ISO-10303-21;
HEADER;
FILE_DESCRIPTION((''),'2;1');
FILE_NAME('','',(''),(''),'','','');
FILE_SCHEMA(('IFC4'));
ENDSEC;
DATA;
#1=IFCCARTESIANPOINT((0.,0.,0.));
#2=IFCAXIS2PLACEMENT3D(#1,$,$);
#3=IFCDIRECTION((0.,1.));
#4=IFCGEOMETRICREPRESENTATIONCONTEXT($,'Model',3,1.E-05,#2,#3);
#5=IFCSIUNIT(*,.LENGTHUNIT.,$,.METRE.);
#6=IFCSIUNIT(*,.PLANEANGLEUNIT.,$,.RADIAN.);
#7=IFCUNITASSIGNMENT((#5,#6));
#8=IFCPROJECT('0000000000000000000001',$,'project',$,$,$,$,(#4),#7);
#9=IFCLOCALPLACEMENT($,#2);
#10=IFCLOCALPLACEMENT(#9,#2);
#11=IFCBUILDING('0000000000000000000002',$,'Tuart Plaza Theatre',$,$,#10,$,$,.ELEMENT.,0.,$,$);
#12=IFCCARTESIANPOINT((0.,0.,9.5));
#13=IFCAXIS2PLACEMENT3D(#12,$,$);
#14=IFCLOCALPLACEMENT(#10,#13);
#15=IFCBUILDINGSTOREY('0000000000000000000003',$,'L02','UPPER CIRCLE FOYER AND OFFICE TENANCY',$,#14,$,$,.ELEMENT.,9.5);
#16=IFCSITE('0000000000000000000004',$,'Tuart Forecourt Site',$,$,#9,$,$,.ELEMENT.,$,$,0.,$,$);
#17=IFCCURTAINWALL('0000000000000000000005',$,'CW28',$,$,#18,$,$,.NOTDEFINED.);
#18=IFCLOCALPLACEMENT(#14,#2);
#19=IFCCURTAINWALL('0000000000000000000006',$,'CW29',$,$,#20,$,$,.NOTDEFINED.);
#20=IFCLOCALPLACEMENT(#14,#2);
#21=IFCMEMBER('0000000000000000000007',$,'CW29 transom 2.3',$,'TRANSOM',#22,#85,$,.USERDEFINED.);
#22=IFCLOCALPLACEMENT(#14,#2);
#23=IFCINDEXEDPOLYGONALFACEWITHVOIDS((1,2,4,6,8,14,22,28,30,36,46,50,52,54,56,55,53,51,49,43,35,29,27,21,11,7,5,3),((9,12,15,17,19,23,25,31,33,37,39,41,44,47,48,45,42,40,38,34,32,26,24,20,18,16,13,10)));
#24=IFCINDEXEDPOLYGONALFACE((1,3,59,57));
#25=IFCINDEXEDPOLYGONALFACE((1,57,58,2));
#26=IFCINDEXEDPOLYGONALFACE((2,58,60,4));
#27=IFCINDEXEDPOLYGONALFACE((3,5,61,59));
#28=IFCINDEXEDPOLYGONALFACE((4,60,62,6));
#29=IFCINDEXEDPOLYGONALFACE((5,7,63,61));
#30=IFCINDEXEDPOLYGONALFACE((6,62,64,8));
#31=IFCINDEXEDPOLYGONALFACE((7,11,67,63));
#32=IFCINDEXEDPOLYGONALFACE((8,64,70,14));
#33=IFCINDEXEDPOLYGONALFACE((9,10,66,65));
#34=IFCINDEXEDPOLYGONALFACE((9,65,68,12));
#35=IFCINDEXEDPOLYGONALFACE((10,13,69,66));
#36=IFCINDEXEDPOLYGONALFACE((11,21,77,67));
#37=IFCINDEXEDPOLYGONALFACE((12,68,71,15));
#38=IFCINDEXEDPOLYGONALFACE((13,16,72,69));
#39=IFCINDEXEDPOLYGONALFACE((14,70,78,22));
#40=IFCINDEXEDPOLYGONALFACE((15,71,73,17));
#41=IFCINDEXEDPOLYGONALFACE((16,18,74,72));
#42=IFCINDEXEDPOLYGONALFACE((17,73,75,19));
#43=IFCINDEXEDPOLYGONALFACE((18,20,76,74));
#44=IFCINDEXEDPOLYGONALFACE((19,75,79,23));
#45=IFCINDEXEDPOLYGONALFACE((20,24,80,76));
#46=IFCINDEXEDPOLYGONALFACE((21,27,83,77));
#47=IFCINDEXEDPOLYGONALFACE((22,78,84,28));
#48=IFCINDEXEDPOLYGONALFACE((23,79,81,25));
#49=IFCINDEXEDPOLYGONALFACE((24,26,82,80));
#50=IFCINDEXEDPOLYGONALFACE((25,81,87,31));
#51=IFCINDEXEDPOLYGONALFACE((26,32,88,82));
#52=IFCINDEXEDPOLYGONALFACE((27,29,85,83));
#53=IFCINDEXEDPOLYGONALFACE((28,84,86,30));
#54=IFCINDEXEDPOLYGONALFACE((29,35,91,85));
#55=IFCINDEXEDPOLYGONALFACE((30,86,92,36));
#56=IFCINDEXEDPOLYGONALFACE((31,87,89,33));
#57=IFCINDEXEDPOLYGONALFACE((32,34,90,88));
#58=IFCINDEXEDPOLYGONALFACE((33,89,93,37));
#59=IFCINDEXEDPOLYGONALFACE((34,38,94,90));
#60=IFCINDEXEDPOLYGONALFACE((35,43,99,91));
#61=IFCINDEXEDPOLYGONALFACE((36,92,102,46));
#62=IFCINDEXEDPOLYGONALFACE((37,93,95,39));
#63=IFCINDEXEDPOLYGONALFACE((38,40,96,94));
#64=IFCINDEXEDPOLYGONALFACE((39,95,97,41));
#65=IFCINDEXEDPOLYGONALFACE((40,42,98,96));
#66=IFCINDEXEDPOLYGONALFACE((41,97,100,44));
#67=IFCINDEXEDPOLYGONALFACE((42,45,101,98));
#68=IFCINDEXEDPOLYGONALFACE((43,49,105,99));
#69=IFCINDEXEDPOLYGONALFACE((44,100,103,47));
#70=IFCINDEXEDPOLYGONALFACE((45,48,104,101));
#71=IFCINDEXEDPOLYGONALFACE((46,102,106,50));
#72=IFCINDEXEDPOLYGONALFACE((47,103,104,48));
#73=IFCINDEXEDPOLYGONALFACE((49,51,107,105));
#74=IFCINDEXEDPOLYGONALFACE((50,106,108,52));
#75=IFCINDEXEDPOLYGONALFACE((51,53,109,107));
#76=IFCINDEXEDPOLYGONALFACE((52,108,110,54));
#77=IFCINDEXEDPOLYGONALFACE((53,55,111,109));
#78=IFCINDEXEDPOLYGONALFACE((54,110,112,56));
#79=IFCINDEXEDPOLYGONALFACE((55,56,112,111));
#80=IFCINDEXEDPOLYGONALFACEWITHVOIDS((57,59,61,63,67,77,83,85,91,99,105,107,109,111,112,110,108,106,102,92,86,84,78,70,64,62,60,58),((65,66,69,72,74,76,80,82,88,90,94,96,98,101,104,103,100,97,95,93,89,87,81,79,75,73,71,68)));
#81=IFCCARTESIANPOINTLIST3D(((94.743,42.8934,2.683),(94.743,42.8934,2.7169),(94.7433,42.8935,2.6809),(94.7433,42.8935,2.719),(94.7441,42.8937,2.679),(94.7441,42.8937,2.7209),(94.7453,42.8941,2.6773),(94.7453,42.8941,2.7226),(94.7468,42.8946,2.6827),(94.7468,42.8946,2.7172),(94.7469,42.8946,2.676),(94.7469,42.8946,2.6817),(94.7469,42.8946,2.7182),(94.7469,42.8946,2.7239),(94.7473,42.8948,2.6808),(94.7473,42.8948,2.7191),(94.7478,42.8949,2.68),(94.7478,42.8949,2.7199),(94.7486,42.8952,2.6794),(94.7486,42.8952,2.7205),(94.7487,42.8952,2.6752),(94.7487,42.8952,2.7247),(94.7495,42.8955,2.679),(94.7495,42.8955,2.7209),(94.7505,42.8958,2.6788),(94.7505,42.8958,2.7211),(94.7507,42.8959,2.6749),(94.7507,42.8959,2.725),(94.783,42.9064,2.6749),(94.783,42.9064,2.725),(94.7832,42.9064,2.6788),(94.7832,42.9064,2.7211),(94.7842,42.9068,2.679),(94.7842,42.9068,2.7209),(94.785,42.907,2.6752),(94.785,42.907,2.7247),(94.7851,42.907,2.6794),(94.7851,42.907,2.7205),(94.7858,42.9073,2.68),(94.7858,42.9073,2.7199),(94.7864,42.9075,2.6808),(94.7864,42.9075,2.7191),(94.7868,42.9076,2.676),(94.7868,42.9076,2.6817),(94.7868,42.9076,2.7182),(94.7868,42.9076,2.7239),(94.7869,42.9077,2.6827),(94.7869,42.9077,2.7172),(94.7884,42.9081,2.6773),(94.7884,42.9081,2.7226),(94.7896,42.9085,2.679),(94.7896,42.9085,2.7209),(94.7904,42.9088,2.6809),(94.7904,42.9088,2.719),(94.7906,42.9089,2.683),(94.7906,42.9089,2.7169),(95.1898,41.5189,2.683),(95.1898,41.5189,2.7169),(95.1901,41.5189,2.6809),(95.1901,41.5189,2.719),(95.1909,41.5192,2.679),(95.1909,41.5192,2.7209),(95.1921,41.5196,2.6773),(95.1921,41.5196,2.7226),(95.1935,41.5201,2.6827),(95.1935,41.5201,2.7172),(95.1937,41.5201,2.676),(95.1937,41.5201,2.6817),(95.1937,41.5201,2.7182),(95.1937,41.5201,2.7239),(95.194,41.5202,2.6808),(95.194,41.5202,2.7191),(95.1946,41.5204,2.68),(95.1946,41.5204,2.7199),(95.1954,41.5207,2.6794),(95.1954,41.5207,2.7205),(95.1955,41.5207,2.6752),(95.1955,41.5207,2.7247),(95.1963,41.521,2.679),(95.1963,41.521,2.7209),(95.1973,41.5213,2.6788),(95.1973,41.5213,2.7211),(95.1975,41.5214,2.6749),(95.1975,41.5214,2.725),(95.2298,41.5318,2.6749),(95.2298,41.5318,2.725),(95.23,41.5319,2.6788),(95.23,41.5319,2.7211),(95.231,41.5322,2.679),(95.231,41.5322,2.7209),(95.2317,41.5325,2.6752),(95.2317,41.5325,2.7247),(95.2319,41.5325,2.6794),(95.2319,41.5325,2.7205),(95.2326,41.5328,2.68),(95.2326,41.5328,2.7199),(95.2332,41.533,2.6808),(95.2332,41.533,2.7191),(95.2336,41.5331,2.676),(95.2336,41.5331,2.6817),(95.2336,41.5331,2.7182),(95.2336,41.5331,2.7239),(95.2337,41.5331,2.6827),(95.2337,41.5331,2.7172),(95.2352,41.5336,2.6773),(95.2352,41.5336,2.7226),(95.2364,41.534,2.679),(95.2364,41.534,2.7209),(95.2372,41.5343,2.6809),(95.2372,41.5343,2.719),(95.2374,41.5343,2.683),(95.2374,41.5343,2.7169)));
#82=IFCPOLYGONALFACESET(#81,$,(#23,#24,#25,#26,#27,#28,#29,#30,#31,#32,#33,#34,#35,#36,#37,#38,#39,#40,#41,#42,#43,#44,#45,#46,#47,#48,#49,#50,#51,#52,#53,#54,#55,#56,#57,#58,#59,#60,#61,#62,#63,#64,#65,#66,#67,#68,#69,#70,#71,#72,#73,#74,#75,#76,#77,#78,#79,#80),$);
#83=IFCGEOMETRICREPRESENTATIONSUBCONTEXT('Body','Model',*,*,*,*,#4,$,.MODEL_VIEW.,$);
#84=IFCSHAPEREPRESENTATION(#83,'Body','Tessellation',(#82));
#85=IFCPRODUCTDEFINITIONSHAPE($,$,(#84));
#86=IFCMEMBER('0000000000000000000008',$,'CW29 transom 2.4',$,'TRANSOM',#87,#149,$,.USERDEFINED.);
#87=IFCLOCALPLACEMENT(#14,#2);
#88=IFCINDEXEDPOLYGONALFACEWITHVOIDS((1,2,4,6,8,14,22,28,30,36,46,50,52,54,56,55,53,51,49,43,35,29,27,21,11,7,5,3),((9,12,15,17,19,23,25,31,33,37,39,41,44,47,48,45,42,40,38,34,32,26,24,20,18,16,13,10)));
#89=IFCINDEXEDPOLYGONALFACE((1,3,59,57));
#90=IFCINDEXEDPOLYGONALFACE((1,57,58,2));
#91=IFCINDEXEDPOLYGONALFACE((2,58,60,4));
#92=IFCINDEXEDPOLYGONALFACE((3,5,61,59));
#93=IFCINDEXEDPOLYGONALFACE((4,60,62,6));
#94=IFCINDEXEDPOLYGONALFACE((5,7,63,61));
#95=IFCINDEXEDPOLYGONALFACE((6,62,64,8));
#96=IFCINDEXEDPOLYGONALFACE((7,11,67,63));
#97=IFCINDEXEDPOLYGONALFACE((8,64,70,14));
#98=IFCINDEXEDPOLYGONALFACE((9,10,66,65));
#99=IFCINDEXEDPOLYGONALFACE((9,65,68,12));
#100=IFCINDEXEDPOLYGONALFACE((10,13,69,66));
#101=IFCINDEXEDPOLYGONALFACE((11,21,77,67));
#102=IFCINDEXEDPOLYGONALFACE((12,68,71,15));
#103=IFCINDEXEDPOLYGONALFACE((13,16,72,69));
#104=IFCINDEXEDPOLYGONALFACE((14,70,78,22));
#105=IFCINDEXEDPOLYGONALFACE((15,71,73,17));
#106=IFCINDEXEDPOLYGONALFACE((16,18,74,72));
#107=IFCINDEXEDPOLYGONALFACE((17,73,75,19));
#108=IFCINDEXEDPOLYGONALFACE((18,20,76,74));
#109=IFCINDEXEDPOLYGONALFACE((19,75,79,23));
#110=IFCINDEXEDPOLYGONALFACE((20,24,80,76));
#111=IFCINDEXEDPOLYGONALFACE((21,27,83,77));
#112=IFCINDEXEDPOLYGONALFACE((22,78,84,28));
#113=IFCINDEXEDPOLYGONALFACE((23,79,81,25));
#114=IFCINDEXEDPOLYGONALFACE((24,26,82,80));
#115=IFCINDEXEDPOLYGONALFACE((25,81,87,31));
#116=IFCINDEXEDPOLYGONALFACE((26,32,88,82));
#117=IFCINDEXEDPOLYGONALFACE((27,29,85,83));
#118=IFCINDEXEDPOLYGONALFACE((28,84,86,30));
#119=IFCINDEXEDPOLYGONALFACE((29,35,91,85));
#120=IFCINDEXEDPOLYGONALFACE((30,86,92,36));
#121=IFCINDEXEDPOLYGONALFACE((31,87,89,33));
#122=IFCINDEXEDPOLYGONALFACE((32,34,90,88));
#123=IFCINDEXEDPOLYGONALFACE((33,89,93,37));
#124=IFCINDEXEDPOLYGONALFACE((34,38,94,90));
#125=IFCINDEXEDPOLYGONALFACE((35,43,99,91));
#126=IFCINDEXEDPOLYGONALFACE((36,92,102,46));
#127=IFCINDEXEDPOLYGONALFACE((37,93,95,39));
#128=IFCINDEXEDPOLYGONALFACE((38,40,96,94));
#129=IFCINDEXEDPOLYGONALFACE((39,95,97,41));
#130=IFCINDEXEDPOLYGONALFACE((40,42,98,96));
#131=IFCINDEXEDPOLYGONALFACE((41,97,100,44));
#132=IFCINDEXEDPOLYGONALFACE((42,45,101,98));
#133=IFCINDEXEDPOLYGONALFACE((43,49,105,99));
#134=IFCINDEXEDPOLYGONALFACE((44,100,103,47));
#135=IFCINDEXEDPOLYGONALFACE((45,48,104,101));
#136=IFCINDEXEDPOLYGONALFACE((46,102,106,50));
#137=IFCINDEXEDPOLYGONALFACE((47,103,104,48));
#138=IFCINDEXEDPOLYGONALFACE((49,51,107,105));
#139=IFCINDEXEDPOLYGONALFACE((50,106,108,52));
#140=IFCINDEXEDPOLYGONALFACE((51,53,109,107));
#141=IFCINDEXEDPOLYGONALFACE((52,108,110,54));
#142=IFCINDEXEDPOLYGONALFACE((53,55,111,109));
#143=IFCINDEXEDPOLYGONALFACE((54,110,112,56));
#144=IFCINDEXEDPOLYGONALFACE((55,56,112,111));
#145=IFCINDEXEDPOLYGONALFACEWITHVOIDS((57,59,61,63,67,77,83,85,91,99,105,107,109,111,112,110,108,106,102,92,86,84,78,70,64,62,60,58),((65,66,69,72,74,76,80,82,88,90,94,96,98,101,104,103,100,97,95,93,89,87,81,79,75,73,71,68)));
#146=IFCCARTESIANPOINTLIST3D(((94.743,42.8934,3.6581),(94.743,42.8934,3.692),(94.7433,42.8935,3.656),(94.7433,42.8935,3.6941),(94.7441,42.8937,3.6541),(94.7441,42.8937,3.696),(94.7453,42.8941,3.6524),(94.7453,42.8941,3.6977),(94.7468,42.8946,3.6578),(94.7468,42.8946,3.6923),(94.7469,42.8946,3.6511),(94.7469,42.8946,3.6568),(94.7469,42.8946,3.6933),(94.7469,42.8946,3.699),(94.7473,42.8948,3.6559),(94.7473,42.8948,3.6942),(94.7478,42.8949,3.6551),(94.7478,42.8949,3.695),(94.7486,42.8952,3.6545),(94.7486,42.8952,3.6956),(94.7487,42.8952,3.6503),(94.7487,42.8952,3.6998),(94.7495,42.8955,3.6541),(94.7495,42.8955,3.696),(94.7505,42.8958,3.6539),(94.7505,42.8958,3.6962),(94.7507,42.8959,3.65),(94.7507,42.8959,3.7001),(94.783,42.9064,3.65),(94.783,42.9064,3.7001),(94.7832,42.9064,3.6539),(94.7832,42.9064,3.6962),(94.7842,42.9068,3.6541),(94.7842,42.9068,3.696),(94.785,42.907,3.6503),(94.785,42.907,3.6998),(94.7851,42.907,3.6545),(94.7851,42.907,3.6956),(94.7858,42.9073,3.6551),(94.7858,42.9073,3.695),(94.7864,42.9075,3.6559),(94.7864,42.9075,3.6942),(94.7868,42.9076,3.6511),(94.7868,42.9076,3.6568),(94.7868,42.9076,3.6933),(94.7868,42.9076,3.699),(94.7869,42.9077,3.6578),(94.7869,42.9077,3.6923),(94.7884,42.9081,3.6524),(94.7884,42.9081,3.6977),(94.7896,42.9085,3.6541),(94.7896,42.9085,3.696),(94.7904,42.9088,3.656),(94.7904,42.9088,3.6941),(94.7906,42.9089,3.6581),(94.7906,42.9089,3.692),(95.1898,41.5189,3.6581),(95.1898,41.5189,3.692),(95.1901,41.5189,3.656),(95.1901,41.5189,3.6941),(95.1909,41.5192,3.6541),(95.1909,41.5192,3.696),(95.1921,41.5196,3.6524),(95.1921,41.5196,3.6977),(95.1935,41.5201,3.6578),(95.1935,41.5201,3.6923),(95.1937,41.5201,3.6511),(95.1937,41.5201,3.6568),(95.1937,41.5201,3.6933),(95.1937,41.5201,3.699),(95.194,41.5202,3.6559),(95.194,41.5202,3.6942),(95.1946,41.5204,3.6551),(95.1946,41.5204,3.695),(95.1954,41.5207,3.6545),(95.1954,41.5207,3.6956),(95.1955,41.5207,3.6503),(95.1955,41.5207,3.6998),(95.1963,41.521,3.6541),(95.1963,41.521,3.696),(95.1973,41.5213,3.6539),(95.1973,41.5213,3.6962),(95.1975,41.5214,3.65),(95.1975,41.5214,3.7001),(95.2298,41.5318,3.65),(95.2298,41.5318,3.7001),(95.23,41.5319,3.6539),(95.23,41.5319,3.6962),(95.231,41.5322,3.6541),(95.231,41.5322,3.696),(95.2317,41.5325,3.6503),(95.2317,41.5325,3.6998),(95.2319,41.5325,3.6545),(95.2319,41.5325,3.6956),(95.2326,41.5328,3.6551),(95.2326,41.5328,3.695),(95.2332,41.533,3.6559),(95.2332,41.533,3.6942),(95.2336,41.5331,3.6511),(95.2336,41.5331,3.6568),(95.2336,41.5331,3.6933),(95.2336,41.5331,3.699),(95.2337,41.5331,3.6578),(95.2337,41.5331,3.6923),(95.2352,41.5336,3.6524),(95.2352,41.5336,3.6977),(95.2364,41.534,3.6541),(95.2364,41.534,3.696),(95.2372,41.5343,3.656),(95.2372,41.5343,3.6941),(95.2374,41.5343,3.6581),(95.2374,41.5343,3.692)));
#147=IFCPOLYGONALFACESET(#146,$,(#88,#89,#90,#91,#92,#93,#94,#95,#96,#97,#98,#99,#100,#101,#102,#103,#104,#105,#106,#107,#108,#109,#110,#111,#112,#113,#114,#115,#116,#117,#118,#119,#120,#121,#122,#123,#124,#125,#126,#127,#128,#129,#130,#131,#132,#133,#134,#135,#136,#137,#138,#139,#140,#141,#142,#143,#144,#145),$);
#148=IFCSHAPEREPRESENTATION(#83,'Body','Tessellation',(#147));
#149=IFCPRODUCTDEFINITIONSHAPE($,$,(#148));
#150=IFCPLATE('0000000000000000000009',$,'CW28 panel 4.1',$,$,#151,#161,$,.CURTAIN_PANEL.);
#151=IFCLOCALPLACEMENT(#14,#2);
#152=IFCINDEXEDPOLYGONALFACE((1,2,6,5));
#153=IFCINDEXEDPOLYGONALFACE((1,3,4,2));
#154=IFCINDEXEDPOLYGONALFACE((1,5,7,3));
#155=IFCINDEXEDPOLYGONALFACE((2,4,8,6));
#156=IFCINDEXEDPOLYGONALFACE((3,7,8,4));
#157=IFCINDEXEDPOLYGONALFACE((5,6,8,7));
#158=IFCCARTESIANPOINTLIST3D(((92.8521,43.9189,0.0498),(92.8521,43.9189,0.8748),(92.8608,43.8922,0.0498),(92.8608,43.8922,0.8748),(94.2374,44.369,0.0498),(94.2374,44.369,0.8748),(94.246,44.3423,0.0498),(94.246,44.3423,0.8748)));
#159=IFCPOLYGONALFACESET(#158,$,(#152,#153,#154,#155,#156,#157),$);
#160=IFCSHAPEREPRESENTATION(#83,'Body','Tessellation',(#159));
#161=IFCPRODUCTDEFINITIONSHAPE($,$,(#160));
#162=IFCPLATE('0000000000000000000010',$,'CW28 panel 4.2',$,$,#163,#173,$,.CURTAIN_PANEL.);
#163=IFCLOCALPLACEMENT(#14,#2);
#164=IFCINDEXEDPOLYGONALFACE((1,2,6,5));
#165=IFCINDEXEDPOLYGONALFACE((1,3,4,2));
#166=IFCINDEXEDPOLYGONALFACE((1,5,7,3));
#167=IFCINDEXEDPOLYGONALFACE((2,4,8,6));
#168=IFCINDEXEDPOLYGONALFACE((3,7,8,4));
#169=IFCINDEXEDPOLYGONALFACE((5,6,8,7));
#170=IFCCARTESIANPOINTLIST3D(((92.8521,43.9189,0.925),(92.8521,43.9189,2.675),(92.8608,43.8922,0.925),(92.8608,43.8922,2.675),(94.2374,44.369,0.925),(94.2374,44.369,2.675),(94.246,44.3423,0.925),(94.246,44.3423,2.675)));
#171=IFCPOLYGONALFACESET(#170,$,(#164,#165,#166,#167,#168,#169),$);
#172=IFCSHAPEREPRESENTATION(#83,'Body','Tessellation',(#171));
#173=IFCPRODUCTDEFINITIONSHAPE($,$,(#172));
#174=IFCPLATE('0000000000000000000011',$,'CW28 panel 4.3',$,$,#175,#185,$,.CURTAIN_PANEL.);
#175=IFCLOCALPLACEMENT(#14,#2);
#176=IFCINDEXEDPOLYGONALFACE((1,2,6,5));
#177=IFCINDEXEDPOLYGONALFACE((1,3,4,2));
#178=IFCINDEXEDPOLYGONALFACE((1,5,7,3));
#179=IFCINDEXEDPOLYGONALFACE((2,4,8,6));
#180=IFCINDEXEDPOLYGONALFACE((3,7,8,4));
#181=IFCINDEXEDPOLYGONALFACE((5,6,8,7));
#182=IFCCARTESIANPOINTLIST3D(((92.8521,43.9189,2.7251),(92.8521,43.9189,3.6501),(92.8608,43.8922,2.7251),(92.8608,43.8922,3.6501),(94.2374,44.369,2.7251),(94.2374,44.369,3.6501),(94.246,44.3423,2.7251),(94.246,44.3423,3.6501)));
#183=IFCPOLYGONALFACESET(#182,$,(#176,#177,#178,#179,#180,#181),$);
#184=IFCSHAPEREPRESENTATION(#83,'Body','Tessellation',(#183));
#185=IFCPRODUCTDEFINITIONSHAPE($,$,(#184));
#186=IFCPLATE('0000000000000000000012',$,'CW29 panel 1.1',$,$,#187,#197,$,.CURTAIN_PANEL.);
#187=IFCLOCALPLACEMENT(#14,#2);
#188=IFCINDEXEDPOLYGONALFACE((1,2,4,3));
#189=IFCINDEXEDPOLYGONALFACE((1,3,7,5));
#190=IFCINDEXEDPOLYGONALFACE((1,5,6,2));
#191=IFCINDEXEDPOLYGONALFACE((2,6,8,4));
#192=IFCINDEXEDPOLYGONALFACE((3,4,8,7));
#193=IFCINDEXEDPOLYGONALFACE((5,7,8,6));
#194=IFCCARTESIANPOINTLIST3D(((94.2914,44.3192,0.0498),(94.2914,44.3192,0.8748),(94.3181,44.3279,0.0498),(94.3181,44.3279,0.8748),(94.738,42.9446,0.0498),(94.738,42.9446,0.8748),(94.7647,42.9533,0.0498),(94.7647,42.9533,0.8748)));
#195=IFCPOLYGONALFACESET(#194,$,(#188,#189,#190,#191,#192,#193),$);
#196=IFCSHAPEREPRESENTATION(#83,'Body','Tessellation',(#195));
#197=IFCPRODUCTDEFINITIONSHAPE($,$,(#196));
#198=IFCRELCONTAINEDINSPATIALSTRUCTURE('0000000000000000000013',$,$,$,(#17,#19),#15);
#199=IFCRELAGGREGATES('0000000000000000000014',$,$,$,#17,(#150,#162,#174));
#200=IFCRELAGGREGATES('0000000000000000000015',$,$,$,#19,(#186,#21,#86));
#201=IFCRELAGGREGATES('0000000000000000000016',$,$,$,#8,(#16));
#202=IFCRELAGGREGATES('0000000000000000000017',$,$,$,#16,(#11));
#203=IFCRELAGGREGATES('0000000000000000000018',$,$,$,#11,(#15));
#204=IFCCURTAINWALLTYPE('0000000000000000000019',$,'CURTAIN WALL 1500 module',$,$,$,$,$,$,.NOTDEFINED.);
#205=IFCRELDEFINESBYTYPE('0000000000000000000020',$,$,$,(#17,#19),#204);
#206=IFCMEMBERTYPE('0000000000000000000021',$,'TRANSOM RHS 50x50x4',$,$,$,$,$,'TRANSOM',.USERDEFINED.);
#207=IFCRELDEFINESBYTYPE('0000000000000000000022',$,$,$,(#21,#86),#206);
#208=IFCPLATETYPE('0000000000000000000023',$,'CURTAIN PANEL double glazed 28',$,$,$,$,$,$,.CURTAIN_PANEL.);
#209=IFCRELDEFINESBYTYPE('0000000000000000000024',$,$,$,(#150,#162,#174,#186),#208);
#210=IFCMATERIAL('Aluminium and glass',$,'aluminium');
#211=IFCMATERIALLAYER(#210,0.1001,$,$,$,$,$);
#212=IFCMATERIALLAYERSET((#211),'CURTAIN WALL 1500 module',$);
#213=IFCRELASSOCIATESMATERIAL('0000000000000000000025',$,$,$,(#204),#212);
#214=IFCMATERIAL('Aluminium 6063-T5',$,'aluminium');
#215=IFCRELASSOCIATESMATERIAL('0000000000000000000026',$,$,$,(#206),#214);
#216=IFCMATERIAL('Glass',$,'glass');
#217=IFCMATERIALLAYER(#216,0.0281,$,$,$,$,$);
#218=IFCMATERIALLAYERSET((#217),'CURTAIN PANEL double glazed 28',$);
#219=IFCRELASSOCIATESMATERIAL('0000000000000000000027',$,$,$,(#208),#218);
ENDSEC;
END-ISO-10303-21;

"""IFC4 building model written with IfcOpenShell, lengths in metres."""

from ifc_helpers import new_model, si_unit, direction, frame, origin, origin_2d, place, context, subcontext, project, spatial, rectangle, hollow_rectangle, extrude, material, layer, layer_set, material_profile, profile_set, type_object, element, aggregate, save


model = new_model("IFC4")

# Units and contexts
model_context = context("Model", 3, precision=1e-05, world=origin(), true_north=direction((0.0, 1.0)))
body_context = subcontext(model_context, "Body", "Model", "MODEL_VIEW")
ifc_project = project(units=[si_unit("LENGTHUNIT", "METRE"), si_unit("PLANEANGLEUNIT", "RADIAN")], contexts=[model_context])

# Site, building, storey
site_placement = place(None, origin())
site = spatial("IfcSite", under=ifc_project, at=site_placement, Name="Tuart Forecourt Site", CompositionType="ELEMENT", RefElevation=0.0)
building_placement = place(site_placement, origin())
building = spatial("IfcBuilding", under=site, at=building_placement, Name="Tuart Plaza Theatre", CompositionType="ELEMENT", ElevationOfRefHeight=0.0)
storey_placement = place(building_placement, frame((0.0, 0.0, 9.5)))
storey = spatial("IfcBuildingStorey", under=building, at=storey_placement, Name="L02", Description="UPPER CIRCLE FOYER AND OFFICE TENANCY", CompositionType="ELEMENT", Elevation=9.5)

# Curtain walls
ifc_material_1 = material(Name="Aluminium and glass", Category="aluminium")
ifc_layer_1 = layer(ifc_material_1, 0.1001)
ifc_layer_set_1 = layer_set([ifc_layer_1], Name="CURTAIN WALL 1500 module")
curtain_wall_type = type_object("IfcCurtainWallType", Name="CURTAIN WALL 1500 module", PredefinedType="NOTDEFINED", material=ifc_layer_set_1)
curtain_wall_1_placement = place(storey_placement, origin())
curtain_wall_1 = element("IfcCurtainWall", 1, at=curtain_wall_1_placement, inside=storey, type_object=curtain_wall_type, Name="CW28", PredefinedType="NOTDEFINED")
curtain_wall_2_placement = place(storey_placement, origin())
curtain_wall_2 = element("IfcCurtainWall", 2, at=curtain_wall_2_placement, inside=storey, type_object=curtain_wall_type, Name="CW29", PredefinedType="NOTDEFINED")

# Members
ifc_material_2 = material(Name="Aluminium 6063-T5", Category="aluminium")
ifc_material_profile_1 = material_profile(ifc_material_2, hollow_rectangle(XDim=0.05, YDim=0.05, WallThickness=0.0039, InnerFilletRadius=0.0039, OuterFilletRadius=0.0081, at=origin_2d()), Name="RHS 50x50x4")
ifc_profile_set_1 = profile_set([ifc_material_profile_1], Name="Aluminium 6063-T5")
member_type_1 = type_object("IfcMemberType", Name="TRANSOM RHS 50x50x4", ElementType="TRANSOM", PredefinedType="USERDEFINED", material=ifc_profile_set_1)
member_1_placement = place(storey_placement, frame((94.7668, 42.9011, 2.7), z_axis=(0.309124, -0.951022, 0.0), x_axis=(0.951022, 0.309124, 0.0)))
member_1 = element("IfcMember", 3, at=member_1_placement, type_object=member_type_1, Name="CW29 transom 2.3", ObjectType="TRANSOM", PredefinedType="USERDEFINED", context=body_context, shape_type="SweptSolid", body=[
    extrude(hollow_rectangle(XDim=0.05, YDim=0.05, WallThickness=0.0039, InnerFilletRadius=0.0039, OuterFilletRadius=0.0081, at=origin_2d()), origin(), (0.0, 0.0, 1.0), 1.4453),
])
member_2_placement = place(storey_placement, frame((94.7668, 42.9011, 3.675), z_axis=(0.309124, -0.951022, 0.0), x_axis=(0.951022, 0.309124, 0.0)))
member_2 = element("IfcMember", 4, at=member_2_placement, type_object=member_type_1, Name="CW29 transom 2.4", ObjectType="TRANSOM", PredefinedType="USERDEFINED", context=body_context, shape_type="SweptSolid", body=[
    extrude(hollow_rectangle(XDim=0.05, YDim=0.05, WallThickness=0.0039, InnerFilletRadius=0.0039, OuterFilletRadius=0.0081, at=origin_2d()), origin(), (0.0, 0.0, 1.0), 1.4453),
])

# Plates
ifc_material_3 = material(Name="Glass", Category="glass")
ifc_layer_2 = layer(ifc_material_3, 0.0281)
ifc_layer_set_2 = layer_set([ifc_layer_2], Name="CURTAIN PANEL double glazed 28")
plate_type = type_object("IfcPlateType", Name="CURTAIN PANEL double glazed 28", PredefinedType="CURTAIN_PANEL", material=ifc_layer_set_2)
plate_1_placement = place(storey_placement, frame((93.5491, 44.1306, 0.0498), z_axis=(0.0, 0.0, 1.0), x_axis=(0.951056, 0.309018, 0.0)))
plate_1 = element("IfcPlate", 5, at=plate_1_placement, type_object=plate_type, Name="CW28 panel 4.1", PredefinedType="CURTAIN_PANEL", context=body_context, shape_type="SweptSolid", body=[
    extrude(rectangle(XDim=1.4565, YDim=0.0281, at=origin_2d()), origin(), (0.0, 0.0, 1.0), 0.825),
])
plate_2_placement = place(storey_placement, frame((93.5491, 44.1306, 0.925), z_axis=(0.0, 0.0, 1.0), x_axis=(0.951056, 0.309018, 0.0)))
plate_2 = element("IfcPlate", 6, at=plate_2_placement, type_object=plate_type, Name="CW28 panel 4.2", PredefinedType="CURTAIN_PANEL", context=body_context, shape_type="SweptSolid", body=[
    extrude(rectangle(XDim=1.4565, YDim=0.0281, at=origin_2d()), origin(), (0.0, 0.0, 1.0), 1.75),
])
plate_3_placement = place(storey_placement, frame((93.5491, 44.1306, 2.7251), z_axis=(0.0, 0.0, 1.0), x_axis=(0.951056, 0.309018, 0.0)))
plate_3 = element("IfcPlate", 7, at=plate_3_placement, type_object=plate_type, Name="CW28 panel 4.3", PredefinedType="CURTAIN_PANEL", context=body_context, shape_type="SweptSolid", body=[
    extrude(rectangle(XDim=1.4565, YDim=0.0281, at=origin_2d()), origin(), (0.0, 0.0, 1.0), 0.925),
])
aggregate(curtain_wall_1, [plate_1, plate_2, plate_3])
plate_4_placement = place(storey_placement, frame((94.5281, 43.6362, 0.0498), z_axis=(0.0, 0.0, 1.0), x_axis=(0.309018, -0.951056, 0.0)))
plate_4 = element("IfcPlate", 8, at=plate_4_placement, type_object=plate_type, Name="CW29 panel 1.1", PredefinedType="CURTAIN_PANEL", context=body_context, shape_type="SweptSolid", body=[
    extrude(rectangle(XDim=1.4453, YDim=0.0281, at=origin_2d()), origin(), (0.0, 0.0, 1.0), 0.825),
])
aggregate(curtain_wall_2, [plate_4, member_1, member_2])

save(model, "model.ifc")
